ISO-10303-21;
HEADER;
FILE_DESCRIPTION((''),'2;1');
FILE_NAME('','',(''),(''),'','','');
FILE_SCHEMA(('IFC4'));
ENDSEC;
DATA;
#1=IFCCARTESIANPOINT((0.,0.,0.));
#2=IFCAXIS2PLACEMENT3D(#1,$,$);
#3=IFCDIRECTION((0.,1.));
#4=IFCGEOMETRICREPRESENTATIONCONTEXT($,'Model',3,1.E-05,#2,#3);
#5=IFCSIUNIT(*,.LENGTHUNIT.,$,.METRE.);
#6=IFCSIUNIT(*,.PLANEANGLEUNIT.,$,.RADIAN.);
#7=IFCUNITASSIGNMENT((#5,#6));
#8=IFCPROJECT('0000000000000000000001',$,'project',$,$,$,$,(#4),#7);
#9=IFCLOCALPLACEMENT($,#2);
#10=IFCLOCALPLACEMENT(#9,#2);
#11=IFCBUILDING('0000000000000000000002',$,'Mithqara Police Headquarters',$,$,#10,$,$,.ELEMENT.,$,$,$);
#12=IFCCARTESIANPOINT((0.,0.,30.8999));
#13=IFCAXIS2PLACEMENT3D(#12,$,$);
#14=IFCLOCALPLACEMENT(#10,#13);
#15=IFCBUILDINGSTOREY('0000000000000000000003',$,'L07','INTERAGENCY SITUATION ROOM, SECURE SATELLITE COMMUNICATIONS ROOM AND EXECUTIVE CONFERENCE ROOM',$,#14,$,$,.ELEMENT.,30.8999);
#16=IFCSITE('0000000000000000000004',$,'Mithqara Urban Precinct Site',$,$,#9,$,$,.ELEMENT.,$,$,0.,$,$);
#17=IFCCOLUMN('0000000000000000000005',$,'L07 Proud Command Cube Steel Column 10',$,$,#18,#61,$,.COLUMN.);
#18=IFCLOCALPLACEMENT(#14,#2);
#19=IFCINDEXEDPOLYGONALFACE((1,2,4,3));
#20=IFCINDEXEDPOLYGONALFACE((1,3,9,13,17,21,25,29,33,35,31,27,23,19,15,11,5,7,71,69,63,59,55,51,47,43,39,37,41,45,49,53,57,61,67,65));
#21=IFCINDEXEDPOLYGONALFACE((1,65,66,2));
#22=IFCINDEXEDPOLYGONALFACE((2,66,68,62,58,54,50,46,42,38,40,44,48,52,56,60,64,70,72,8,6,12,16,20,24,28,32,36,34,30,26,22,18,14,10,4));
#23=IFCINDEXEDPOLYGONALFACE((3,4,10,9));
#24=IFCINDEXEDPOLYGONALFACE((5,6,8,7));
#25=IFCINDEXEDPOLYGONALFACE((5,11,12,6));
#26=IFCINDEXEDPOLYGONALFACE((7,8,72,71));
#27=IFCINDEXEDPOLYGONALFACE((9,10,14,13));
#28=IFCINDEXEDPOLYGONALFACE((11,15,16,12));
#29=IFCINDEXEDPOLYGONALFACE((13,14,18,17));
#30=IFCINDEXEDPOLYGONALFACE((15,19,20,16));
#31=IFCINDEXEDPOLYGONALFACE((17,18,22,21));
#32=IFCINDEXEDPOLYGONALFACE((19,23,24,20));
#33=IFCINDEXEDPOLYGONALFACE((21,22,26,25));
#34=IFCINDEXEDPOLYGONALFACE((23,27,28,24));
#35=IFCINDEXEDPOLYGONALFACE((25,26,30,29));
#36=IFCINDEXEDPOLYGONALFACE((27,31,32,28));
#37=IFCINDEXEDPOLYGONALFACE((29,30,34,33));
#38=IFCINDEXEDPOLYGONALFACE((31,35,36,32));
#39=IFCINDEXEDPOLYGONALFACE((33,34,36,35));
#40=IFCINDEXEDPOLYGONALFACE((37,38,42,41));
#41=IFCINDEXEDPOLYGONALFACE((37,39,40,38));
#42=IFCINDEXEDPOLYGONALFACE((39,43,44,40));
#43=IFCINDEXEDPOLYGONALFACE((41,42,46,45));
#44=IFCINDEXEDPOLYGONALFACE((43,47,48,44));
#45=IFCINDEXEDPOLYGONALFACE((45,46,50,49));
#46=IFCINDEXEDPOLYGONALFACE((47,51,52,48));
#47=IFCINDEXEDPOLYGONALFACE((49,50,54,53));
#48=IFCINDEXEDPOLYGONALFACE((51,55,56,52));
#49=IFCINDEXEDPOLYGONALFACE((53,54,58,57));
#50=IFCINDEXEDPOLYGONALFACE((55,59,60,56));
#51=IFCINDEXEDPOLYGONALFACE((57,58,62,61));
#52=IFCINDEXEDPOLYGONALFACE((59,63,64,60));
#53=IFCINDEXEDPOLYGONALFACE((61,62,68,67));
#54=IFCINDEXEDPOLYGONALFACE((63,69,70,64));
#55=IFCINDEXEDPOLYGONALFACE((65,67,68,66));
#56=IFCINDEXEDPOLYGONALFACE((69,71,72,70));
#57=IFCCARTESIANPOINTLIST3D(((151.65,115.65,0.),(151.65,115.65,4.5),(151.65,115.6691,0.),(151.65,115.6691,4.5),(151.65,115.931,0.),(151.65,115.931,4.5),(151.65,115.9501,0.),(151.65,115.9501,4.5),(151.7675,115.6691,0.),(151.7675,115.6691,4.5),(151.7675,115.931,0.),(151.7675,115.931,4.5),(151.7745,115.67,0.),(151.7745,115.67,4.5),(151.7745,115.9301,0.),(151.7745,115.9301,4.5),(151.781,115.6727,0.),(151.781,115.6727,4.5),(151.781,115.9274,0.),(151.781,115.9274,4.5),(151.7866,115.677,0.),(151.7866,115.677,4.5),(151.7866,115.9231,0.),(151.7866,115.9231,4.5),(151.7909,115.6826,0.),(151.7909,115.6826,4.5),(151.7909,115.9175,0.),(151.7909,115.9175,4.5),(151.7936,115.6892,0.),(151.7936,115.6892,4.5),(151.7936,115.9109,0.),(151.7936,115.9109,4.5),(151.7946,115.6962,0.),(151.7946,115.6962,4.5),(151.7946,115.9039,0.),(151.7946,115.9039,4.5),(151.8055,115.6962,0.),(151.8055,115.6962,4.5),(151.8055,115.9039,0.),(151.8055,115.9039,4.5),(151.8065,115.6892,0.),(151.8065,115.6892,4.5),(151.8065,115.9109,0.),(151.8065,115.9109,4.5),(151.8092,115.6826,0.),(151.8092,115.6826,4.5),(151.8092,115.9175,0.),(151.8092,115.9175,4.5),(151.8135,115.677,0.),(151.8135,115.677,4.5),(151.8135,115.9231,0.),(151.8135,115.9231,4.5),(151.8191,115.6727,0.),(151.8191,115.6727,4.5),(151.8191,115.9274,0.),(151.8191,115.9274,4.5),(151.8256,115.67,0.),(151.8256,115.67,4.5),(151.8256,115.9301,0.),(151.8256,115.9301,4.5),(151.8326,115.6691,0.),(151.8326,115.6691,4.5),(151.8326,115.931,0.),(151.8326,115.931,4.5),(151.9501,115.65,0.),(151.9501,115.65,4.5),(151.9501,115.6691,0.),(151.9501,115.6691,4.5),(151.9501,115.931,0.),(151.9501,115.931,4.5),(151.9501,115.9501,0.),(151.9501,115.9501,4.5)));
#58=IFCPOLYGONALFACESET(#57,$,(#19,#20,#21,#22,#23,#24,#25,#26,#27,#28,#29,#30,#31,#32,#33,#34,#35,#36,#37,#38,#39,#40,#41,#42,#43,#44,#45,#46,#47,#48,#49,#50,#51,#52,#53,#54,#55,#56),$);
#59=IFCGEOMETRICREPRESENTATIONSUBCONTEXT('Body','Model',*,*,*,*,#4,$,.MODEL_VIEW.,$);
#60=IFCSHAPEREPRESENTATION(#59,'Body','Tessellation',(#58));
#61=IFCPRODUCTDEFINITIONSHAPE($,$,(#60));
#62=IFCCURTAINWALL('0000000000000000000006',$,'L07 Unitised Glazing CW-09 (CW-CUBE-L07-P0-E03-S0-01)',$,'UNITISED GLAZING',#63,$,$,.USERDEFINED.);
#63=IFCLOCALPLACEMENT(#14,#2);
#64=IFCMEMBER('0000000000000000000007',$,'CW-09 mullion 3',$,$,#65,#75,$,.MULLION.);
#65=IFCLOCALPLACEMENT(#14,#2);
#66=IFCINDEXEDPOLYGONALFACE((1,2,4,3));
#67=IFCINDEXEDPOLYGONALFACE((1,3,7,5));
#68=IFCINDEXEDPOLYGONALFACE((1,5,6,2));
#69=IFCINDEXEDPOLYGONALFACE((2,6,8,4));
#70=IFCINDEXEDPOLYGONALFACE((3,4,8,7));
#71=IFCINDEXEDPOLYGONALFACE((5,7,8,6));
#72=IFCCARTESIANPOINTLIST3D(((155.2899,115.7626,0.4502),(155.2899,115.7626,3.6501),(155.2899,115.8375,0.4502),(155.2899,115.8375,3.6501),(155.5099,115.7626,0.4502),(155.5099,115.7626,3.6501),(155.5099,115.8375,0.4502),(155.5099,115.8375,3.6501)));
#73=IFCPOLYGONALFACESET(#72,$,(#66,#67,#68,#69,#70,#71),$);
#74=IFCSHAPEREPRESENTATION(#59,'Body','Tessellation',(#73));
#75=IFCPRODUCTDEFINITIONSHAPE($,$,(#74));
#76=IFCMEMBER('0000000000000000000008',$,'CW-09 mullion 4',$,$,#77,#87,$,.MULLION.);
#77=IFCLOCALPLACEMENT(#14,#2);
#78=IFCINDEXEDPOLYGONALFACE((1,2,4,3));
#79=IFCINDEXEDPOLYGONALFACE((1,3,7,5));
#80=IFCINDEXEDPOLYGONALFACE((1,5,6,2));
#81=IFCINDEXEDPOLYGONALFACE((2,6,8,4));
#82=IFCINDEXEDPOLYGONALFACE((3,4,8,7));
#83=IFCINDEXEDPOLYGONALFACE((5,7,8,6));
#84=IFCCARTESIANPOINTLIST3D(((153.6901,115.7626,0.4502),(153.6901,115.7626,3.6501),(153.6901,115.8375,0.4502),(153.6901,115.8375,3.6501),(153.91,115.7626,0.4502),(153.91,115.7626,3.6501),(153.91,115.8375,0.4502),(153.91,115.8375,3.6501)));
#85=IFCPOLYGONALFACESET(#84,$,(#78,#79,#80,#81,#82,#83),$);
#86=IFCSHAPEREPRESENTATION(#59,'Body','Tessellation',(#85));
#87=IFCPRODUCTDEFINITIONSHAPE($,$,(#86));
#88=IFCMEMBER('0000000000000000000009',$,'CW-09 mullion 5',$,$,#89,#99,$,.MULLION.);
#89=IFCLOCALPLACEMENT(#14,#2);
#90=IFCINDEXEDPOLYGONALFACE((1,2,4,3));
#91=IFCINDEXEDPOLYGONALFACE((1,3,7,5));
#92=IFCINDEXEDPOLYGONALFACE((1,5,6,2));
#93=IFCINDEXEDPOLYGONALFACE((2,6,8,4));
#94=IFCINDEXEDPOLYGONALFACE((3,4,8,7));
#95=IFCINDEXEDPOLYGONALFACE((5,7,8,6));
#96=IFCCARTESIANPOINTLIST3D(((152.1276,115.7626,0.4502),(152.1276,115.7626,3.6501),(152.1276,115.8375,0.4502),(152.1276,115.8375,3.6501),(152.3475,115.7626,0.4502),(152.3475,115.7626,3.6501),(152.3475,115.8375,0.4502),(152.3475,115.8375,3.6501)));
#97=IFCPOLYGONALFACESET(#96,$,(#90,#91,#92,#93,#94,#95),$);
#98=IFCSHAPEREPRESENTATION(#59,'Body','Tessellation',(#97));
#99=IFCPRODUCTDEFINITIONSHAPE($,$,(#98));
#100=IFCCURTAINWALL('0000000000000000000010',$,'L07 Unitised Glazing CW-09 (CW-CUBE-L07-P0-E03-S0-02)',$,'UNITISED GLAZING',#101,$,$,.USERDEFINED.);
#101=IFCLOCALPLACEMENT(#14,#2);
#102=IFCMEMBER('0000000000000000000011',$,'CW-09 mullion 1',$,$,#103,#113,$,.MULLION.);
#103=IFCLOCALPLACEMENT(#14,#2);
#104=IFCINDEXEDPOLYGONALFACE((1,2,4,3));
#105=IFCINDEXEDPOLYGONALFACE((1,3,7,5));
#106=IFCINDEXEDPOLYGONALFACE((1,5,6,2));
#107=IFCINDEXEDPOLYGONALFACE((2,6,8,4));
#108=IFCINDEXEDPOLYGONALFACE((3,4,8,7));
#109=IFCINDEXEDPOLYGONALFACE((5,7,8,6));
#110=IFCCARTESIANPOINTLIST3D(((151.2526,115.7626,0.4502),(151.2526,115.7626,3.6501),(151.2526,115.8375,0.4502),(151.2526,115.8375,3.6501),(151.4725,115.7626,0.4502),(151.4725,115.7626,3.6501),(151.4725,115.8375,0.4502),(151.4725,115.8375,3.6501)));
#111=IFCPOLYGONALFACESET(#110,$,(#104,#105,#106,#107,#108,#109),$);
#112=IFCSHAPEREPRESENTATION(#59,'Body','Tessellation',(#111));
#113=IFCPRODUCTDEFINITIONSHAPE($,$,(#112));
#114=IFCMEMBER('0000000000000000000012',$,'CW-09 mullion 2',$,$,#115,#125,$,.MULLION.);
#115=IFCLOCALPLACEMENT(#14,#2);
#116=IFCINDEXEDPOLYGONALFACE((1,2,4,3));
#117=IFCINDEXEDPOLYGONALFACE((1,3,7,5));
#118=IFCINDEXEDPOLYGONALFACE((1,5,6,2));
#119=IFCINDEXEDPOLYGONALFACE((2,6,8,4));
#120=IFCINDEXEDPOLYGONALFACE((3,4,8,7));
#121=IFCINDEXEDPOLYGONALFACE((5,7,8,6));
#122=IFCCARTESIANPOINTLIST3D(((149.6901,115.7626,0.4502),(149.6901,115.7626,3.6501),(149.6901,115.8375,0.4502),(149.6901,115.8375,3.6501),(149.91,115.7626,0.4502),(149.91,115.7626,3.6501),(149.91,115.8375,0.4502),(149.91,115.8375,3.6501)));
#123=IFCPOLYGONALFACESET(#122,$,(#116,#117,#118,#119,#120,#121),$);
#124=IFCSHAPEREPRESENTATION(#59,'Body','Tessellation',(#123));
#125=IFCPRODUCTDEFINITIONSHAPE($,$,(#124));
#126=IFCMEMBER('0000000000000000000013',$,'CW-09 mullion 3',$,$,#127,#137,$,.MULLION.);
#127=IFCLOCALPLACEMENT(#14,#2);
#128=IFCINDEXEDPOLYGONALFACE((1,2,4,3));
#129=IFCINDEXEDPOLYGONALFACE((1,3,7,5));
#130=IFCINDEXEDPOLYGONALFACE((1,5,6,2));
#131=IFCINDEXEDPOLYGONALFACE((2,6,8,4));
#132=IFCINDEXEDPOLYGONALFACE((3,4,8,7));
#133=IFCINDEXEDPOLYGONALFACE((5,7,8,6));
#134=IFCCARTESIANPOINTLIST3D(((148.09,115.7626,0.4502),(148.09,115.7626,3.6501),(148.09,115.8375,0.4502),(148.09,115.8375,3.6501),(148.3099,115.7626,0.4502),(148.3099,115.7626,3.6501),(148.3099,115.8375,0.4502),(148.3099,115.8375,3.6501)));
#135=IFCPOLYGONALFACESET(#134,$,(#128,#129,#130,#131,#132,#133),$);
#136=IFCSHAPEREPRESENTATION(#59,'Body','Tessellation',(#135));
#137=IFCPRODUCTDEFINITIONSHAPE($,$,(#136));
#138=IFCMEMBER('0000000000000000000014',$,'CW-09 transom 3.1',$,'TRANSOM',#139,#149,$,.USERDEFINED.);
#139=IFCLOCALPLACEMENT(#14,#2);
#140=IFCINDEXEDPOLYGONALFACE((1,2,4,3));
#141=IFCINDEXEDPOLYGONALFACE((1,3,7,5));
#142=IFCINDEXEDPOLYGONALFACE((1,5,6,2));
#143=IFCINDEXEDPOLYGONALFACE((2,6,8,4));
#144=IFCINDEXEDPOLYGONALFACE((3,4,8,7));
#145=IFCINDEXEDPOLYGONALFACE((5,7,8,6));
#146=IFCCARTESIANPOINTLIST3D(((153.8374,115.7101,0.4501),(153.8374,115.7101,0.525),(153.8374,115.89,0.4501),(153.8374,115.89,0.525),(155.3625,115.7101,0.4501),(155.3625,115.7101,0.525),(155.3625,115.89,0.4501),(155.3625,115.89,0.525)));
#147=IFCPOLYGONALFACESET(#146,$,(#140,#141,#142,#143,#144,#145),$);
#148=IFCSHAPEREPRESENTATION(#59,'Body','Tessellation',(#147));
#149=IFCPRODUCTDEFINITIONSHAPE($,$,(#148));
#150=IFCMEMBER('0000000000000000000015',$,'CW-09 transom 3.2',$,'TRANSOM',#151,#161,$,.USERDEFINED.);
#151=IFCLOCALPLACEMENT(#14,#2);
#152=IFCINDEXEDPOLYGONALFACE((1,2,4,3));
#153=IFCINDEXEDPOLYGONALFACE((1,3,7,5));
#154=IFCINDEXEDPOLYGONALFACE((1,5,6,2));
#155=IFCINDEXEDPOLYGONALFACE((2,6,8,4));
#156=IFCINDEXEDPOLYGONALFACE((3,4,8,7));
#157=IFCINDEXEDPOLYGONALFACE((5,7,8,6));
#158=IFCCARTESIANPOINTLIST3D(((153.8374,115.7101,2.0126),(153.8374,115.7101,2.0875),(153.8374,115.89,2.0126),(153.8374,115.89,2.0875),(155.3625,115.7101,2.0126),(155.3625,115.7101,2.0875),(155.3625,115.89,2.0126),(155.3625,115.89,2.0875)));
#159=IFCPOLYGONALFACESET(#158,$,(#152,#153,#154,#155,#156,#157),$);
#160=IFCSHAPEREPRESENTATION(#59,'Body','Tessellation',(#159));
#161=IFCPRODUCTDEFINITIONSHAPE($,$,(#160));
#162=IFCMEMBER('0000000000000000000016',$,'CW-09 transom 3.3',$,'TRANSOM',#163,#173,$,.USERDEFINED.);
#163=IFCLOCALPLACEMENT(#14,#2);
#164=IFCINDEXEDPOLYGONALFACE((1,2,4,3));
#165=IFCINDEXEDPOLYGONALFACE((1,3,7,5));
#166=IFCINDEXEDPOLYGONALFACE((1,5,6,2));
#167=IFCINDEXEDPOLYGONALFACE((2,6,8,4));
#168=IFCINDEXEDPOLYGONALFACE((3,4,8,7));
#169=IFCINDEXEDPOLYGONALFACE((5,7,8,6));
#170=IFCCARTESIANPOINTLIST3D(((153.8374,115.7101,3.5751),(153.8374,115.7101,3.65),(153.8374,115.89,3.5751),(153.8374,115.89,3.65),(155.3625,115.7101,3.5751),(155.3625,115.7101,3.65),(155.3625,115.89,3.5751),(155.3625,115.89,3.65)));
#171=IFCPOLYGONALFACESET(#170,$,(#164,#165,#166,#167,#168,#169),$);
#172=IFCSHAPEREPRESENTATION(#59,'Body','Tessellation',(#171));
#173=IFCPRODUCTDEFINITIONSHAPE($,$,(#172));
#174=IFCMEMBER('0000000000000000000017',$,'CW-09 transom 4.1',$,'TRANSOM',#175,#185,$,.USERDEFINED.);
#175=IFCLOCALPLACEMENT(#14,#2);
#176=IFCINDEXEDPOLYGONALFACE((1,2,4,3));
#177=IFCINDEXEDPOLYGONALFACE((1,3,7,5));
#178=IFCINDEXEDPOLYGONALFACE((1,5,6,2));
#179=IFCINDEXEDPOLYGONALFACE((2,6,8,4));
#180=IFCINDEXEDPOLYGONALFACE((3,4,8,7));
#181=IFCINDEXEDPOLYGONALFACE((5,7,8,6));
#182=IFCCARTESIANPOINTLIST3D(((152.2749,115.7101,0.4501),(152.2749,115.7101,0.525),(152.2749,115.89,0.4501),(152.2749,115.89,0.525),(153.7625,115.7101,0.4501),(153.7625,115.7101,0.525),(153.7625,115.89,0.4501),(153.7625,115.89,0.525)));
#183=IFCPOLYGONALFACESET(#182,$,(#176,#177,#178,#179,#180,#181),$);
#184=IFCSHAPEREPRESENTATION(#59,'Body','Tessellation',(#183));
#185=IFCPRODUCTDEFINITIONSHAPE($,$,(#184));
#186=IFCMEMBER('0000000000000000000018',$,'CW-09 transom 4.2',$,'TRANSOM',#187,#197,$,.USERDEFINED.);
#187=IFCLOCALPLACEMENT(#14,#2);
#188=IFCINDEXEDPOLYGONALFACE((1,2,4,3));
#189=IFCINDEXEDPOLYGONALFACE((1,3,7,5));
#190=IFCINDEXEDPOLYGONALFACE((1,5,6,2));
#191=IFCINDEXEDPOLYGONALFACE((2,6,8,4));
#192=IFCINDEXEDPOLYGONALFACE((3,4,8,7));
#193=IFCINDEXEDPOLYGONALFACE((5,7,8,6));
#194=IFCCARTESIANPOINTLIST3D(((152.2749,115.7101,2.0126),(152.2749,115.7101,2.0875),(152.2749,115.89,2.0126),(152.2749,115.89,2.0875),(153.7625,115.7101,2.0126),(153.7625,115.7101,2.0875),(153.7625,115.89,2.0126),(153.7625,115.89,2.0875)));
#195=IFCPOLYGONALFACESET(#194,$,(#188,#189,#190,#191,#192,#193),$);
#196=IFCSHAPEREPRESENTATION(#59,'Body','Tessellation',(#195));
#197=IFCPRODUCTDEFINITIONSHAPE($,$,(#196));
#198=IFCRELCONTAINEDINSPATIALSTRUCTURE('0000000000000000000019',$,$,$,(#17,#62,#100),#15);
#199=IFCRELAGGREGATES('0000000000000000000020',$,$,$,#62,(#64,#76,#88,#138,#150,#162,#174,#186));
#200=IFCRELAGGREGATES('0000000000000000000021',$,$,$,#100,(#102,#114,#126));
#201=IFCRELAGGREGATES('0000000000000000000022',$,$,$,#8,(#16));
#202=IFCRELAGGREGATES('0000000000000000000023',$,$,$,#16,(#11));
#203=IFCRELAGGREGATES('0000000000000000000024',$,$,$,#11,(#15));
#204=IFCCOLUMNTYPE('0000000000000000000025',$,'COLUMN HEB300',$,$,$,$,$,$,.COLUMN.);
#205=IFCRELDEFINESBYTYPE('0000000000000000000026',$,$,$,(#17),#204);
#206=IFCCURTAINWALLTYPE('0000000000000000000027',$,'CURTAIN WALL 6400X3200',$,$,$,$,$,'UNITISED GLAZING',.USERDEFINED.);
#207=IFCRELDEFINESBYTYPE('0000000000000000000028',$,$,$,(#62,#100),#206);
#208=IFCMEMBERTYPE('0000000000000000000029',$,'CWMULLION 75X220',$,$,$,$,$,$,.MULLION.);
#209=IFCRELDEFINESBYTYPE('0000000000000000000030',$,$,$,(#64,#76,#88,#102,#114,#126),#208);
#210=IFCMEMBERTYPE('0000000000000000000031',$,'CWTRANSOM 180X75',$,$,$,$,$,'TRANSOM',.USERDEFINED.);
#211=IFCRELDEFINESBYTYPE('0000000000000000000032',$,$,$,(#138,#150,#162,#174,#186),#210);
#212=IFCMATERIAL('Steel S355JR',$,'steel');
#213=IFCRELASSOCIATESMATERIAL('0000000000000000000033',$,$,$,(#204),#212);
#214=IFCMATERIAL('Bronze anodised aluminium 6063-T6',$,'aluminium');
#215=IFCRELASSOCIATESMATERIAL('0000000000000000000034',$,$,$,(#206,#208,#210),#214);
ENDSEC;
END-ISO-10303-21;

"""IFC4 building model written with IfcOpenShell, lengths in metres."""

from ifc_helpers import new_model, si_unit, direction, frame, origin, origin_2d, place, context, subcontext, project, spatial, rectangle, i_section, extrude, material, material_profile, profile_set, type_object, element, aggregate, save


model = new_model("IFC4")

# Units and contexts
model_context = context("Model", 3, precision=1e-05, world=origin(), true_north=direction((0.0, 1.0)))
body_context = subcontext(model_context, "Body", "Model", "MODEL_VIEW")
ifc_project = project(units=[si_unit("LENGTHUNIT", "METRE"), si_unit("PLANEANGLEUNIT", "RADIAN")], contexts=[model_context])

# Site, building, storey
site_placement = place(None, origin())
site = spatial("IfcSite", under=ifc_project, at=site_placement, Name="Mithqara Urban Precinct Site", CompositionType="ELEMENT", RefElevation=0.0)
building_placement = place(site_placement, origin())
building = spatial("IfcBuilding", under=site, at=building_placement, Name="Mithqara Police Headquarters", CompositionType="ELEMENT")
storey_placement = place(building_placement, frame((0.0, 0.0, 30.8999)))
storey = spatial("IfcBuildingStorey", under=building, at=storey_placement, Name="L07", Description="INTERAGENCY SITUATION ROOM, SECURE SATELLITE COMMUNICATIONS ROOM AND EXECUTIVE CONFERENCE ROOM", CompositionType="ELEMENT", Elevation=30.8999)

# Column
ifc_material_1 = material(Name="Steel S355JR", Category="steel")
ifc_material_profile_1 = material_profile(ifc_material_1, i_section(OverallWidth=0.3, OverallDepth=0.3, WebThickness=0.011, FlangeThickness=0.019, FilletRadius=0.0271, at=origin_2d()), Name="HEB 300")
ifc_profile_set_1 = profile_set([ifc_material_profile_1], Name="Steel S355JR")
column_type = type_object("IfcColumnType", Name="COLUMN HEB300", PredefinedType="COLUMN", material=ifc_profile_set_1)
column_placement = place(storey_placement, frame((151.8, 115.8, 0.0), z_axis=(0.0, 0.0, 1.0), x_axis=(1.0, 0.0, 0.0)))
element("IfcColumn", 1, at=column_placement, inside=storey, type_object=column_type, Name="L07 Proud Command Cube Steel Column 10", PredefinedType="COLUMN", context=body_context, shape_type="SweptSolid", body=[
    extrude(i_section(OverallWidth=0.3, OverallDepth=0.3, WebThickness=0.011, FlangeThickness=0.019, FilletRadius=0.0271, at=origin_2d()), origin(), (0.0, 0.0, 1.0), 4.5),
])

# Curtain walls, members
ifc_material_2 = material(Name="Bronze anodised aluminium 6063-T6", Category="aluminium")
curtain_wall_type = type_object("IfcCurtainWallType", Name="CURTAIN WALL 6400X3200", ElementType="UNITISED GLAZING", PredefinedType="USERDEFINED", material=ifc_material_2)
curtain_wall_1_placement = place(storey_placement, origin())
curtain_wall_1 = element("IfcCurtainWall", 2, at=curtain_wall_1_placement, inside=storey, type_object=curtain_wall_type, Name="L07 Unitised Glazing CW-09 (CW-CUBE-L07-P0-E03-S0-01)", ObjectType="UNITISED GLAZING", PredefinedType="USERDEFINED")
ifc_material_profile_2 = material_profile(ifc_material_2, rectangle(XDim=0.075, YDim=0.22, at=origin_2d()), Name="CWM 75x220")
ifc_profile_set_2 = profile_set([ifc_material_profile_2], Name="Bronze anodised aluminium 6063-T6")
member_type_1 = type_object("IfcMemberType", Name="CWMULLION 75X220", PredefinedType="MULLION", material=ifc_profile_set_2)
member_1_placement = place(storey_placement, frame((155.3999, 115.8, 0.4502), z_axis=(0.0, 0.0, 1.0), x_axis=(0.0, -1.0, 0.0)))
member_1 = element("IfcMember", 3, at=member_1_placement, type_object=member_type_1, Name="CW-09 mullion 3", PredefinedType="MULLION", context=body_context, shape_type="SweptSolid", body=[
    extrude(rectangle(XDim=0.075, YDim=0.22, at=origin_2d()), origin(), (0.0, 0.0, 1.0), 3.2),
])
member_2_placement = place(storey_placement, frame((153.8, 115.8, 0.4502), z_axis=(0.0, 0.0, 1.0), x_axis=(0.0, -1.0, 0.0)))
member_2 = element("IfcMember", 4, at=member_2_placement, type_object=member_type_1, Name="CW-09 mullion 4", PredefinedType="MULLION", context=body_context, shape_type="SweptSolid", body=[
    extrude(rectangle(XDim=0.075, YDim=0.22, at=origin_2d()), origin(), (0.0, 0.0, 1.0), 3.2),
])
member_3_placement = place(storey_placement, frame((152.2375, 115.8, 0.4502), z_axis=(0.0, 0.0, 1.0), x_axis=(0.0, -1.0, 0.0)))
member_3 = element("IfcMember", 5, at=member_3_placement, type_object=member_type_1, Name="CW-09 mullion 5", PredefinedType="MULLION", context=body_context, shape_type="SweptSolid", body=[
    extrude(rectangle(XDim=0.075, YDim=0.22, at=origin_2d()), origin(), (0.0, 0.0, 1.0), 3.2),
])
curtain_wall_2_placement = place(storey_placement, origin())
curtain_wall_2 = element("IfcCurtainWall", 6, at=curtain_wall_2_placement, inside=storey, type_object=curtain_wall_type, Name="L07 Unitised Glazing CW-09 (CW-CUBE-L07-P0-E03-S0-02)", ObjectType="UNITISED GLAZING", PredefinedType="USERDEFINED")
member_4_placement = place(storey_placement, frame((151.3625, 115.8, 0.4502), z_axis=(0.0, 0.0, 1.0), x_axis=(0.0, -1.0, 0.0)))
member_4 = element("IfcMember", 7, at=member_4_placement, type_object=member_type_1, Name="CW-09 mullion 1", PredefinedType="MULLION", context=body_context, shape_type="SweptSolid", body=[
    extrude(rectangle(XDim=0.075, YDim=0.22, at=origin_2d()), origin(), (0.0, 0.0, 1.0), 3.2),
])
member_5_placement = place(storey_placement, frame((149.8, 115.8, 0.4502), z_axis=(0.0, 0.0, 1.0), x_axis=(0.0, -1.0, 0.0)))
member_5 = element("IfcMember", 8, at=member_5_placement, type_object=member_type_1, Name="CW-09 mullion 2", PredefinedType="MULLION", context=body_context, shape_type="SweptSolid", body=[
    extrude(rectangle(XDim=0.075, YDim=0.22, at=origin_2d()), origin(), (0.0, 0.0, 1.0), 3.2),
])
member_6_placement = place(storey_placement, frame((148.2, 115.8, 0.4502), z_axis=(0.0, 0.0, 1.0), x_axis=(0.0, -1.0, 0.0)))
member_6 = element("IfcMember", 9, at=member_6_placement, type_object=member_type_1, Name="CW-09 mullion 3", PredefinedType="MULLION", context=body_context, shape_type="SweptSolid", body=[
    extrude(rectangle(XDim=0.075, YDim=0.22, at=origin_2d()), origin(), (0.0, 0.0, 1.0), 3.2),
])

# Members
ifc_material_profile_3 = material_profile(ifc_material_2, rectangle(XDim=0.1799, YDim=0.075, at=origin_2d()), Name="CWT 180x75")
ifc_profile_set_3 = profile_set([ifc_material_profile_3], Name="Bronze anodised aluminium 6063-T6")
member_type_2 = type_object("IfcMemberType", Name="CWTRANSOM 180X75", ElementType="TRANSOM", PredefinedType="USERDEFINED", material=ifc_profile_set_3)
member_7_placement = place(storey_placement, frame((155.3625, 115.8, 0.4875), z_axis=(-1.0, 0.0, 0.0), x_axis=(0.0, -1.0, 0.0)))
member_7 = element("IfcMember", 10, at=member_7_placement, type_object=member_type_2, Name="CW-09 transom 3.1", ObjectType="TRANSOM", PredefinedType="USERDEFINED", context=body_context, shape_type="SweptSolid", body=[
    extrude(rectangle(XDim=0.1799, YDim=0.075, at=origin_2d()), origin(), (0.0, 0.0, 1.0), 1.5251),
])
member_8_placement = place(storey_placement, frame((155.3625, 115.8, 2.05), z_axis=(-1.0, 0.0, 0.0), x_axis=(0.0, -1.0, 0.0)))
member_8 = element("IfcMember", 11, at=member_8_placement, type_object=member_type_2, Name="CW-09 transom 3.2", ObjectType="TRANSOM", PredefinedType="USERDEFINED", context=body_context, shape_type="SweptSolid", body=[
    extrude(rectangle(XDim=0.1799, YDim=0.075, at=origin_2d()), origin(), (0.0, 0.0, 1.0), 1.5251),
])
member_9_placement = place(storey_placement, frame((155.3625, 115.8, 3.6125), z_axis=(-1.0, 0.0, 0.0), x_axis=(0.0, -1.0, 0.0)))
member_9 = element("IfcMember", 12, at=member_9_placement, type_object=member_type_2, Name="CW-09 transom 3.3", ObjectType="TRANSOM", PredefinedType="USERDEFINED", context=body_context, shape_type="SweptSolid", body=[
    extrude(rectangle(XDim=0.1799, YDim=0.075, at=origin_2d()), origin(), (0.0, 0.0, 1.0), 1.5251),
])
member_10_placement = place(storey_placement, frame((153.7625, 115.8, 0.4875), z_axis=(-1.0, 0.0, 0.0), x_axis=(0.0, -1.0, 0.0)))
member_10 = element("IfcMember", 13, at=member_10_placement, type_object=member_type_2, Name="CW-09 transom 4.1", ObjectType="TRANSOM", PredefinedType="USERDEFINED", context=body_context, shape_type="SweptSolid", body=[
    extrude(rectangle(XDim=0.1799, YDim=0.075, at=origin_2d()), origin(), (0.0, 0.0, 1.0), 1.4875),
])
member_11_placement = place(storey_placement, frame((153.7625, 115.8, 2.05), z_axis=(-1.0, 0.0, 0.0), x_axis=(0.0, -1.0, 0.0)))
member_11 = element("IfcMember", 14, at=member_11_placement, type_object=member_type_2, Name="CW-09 transom 4.2", ObjectType="TRANSOM", PredefinedType="USERDEFINED", context=body_context, shape_type="SweptSolid", body=[
    extrude(rectangle(XDim=0.1799, YDim=0.075, at=origin_2d()), origin(), (0.0, 0.0, 1.0), 1.4875),
])

aggregate(curtain_wall_1, [member_1, member_2, member_3, member_7, member_8, member_9, member_10, member_11])
aggregate(curtain_wall_2, [member_4, member_5, member_6])

save(model, "model.ifc")
